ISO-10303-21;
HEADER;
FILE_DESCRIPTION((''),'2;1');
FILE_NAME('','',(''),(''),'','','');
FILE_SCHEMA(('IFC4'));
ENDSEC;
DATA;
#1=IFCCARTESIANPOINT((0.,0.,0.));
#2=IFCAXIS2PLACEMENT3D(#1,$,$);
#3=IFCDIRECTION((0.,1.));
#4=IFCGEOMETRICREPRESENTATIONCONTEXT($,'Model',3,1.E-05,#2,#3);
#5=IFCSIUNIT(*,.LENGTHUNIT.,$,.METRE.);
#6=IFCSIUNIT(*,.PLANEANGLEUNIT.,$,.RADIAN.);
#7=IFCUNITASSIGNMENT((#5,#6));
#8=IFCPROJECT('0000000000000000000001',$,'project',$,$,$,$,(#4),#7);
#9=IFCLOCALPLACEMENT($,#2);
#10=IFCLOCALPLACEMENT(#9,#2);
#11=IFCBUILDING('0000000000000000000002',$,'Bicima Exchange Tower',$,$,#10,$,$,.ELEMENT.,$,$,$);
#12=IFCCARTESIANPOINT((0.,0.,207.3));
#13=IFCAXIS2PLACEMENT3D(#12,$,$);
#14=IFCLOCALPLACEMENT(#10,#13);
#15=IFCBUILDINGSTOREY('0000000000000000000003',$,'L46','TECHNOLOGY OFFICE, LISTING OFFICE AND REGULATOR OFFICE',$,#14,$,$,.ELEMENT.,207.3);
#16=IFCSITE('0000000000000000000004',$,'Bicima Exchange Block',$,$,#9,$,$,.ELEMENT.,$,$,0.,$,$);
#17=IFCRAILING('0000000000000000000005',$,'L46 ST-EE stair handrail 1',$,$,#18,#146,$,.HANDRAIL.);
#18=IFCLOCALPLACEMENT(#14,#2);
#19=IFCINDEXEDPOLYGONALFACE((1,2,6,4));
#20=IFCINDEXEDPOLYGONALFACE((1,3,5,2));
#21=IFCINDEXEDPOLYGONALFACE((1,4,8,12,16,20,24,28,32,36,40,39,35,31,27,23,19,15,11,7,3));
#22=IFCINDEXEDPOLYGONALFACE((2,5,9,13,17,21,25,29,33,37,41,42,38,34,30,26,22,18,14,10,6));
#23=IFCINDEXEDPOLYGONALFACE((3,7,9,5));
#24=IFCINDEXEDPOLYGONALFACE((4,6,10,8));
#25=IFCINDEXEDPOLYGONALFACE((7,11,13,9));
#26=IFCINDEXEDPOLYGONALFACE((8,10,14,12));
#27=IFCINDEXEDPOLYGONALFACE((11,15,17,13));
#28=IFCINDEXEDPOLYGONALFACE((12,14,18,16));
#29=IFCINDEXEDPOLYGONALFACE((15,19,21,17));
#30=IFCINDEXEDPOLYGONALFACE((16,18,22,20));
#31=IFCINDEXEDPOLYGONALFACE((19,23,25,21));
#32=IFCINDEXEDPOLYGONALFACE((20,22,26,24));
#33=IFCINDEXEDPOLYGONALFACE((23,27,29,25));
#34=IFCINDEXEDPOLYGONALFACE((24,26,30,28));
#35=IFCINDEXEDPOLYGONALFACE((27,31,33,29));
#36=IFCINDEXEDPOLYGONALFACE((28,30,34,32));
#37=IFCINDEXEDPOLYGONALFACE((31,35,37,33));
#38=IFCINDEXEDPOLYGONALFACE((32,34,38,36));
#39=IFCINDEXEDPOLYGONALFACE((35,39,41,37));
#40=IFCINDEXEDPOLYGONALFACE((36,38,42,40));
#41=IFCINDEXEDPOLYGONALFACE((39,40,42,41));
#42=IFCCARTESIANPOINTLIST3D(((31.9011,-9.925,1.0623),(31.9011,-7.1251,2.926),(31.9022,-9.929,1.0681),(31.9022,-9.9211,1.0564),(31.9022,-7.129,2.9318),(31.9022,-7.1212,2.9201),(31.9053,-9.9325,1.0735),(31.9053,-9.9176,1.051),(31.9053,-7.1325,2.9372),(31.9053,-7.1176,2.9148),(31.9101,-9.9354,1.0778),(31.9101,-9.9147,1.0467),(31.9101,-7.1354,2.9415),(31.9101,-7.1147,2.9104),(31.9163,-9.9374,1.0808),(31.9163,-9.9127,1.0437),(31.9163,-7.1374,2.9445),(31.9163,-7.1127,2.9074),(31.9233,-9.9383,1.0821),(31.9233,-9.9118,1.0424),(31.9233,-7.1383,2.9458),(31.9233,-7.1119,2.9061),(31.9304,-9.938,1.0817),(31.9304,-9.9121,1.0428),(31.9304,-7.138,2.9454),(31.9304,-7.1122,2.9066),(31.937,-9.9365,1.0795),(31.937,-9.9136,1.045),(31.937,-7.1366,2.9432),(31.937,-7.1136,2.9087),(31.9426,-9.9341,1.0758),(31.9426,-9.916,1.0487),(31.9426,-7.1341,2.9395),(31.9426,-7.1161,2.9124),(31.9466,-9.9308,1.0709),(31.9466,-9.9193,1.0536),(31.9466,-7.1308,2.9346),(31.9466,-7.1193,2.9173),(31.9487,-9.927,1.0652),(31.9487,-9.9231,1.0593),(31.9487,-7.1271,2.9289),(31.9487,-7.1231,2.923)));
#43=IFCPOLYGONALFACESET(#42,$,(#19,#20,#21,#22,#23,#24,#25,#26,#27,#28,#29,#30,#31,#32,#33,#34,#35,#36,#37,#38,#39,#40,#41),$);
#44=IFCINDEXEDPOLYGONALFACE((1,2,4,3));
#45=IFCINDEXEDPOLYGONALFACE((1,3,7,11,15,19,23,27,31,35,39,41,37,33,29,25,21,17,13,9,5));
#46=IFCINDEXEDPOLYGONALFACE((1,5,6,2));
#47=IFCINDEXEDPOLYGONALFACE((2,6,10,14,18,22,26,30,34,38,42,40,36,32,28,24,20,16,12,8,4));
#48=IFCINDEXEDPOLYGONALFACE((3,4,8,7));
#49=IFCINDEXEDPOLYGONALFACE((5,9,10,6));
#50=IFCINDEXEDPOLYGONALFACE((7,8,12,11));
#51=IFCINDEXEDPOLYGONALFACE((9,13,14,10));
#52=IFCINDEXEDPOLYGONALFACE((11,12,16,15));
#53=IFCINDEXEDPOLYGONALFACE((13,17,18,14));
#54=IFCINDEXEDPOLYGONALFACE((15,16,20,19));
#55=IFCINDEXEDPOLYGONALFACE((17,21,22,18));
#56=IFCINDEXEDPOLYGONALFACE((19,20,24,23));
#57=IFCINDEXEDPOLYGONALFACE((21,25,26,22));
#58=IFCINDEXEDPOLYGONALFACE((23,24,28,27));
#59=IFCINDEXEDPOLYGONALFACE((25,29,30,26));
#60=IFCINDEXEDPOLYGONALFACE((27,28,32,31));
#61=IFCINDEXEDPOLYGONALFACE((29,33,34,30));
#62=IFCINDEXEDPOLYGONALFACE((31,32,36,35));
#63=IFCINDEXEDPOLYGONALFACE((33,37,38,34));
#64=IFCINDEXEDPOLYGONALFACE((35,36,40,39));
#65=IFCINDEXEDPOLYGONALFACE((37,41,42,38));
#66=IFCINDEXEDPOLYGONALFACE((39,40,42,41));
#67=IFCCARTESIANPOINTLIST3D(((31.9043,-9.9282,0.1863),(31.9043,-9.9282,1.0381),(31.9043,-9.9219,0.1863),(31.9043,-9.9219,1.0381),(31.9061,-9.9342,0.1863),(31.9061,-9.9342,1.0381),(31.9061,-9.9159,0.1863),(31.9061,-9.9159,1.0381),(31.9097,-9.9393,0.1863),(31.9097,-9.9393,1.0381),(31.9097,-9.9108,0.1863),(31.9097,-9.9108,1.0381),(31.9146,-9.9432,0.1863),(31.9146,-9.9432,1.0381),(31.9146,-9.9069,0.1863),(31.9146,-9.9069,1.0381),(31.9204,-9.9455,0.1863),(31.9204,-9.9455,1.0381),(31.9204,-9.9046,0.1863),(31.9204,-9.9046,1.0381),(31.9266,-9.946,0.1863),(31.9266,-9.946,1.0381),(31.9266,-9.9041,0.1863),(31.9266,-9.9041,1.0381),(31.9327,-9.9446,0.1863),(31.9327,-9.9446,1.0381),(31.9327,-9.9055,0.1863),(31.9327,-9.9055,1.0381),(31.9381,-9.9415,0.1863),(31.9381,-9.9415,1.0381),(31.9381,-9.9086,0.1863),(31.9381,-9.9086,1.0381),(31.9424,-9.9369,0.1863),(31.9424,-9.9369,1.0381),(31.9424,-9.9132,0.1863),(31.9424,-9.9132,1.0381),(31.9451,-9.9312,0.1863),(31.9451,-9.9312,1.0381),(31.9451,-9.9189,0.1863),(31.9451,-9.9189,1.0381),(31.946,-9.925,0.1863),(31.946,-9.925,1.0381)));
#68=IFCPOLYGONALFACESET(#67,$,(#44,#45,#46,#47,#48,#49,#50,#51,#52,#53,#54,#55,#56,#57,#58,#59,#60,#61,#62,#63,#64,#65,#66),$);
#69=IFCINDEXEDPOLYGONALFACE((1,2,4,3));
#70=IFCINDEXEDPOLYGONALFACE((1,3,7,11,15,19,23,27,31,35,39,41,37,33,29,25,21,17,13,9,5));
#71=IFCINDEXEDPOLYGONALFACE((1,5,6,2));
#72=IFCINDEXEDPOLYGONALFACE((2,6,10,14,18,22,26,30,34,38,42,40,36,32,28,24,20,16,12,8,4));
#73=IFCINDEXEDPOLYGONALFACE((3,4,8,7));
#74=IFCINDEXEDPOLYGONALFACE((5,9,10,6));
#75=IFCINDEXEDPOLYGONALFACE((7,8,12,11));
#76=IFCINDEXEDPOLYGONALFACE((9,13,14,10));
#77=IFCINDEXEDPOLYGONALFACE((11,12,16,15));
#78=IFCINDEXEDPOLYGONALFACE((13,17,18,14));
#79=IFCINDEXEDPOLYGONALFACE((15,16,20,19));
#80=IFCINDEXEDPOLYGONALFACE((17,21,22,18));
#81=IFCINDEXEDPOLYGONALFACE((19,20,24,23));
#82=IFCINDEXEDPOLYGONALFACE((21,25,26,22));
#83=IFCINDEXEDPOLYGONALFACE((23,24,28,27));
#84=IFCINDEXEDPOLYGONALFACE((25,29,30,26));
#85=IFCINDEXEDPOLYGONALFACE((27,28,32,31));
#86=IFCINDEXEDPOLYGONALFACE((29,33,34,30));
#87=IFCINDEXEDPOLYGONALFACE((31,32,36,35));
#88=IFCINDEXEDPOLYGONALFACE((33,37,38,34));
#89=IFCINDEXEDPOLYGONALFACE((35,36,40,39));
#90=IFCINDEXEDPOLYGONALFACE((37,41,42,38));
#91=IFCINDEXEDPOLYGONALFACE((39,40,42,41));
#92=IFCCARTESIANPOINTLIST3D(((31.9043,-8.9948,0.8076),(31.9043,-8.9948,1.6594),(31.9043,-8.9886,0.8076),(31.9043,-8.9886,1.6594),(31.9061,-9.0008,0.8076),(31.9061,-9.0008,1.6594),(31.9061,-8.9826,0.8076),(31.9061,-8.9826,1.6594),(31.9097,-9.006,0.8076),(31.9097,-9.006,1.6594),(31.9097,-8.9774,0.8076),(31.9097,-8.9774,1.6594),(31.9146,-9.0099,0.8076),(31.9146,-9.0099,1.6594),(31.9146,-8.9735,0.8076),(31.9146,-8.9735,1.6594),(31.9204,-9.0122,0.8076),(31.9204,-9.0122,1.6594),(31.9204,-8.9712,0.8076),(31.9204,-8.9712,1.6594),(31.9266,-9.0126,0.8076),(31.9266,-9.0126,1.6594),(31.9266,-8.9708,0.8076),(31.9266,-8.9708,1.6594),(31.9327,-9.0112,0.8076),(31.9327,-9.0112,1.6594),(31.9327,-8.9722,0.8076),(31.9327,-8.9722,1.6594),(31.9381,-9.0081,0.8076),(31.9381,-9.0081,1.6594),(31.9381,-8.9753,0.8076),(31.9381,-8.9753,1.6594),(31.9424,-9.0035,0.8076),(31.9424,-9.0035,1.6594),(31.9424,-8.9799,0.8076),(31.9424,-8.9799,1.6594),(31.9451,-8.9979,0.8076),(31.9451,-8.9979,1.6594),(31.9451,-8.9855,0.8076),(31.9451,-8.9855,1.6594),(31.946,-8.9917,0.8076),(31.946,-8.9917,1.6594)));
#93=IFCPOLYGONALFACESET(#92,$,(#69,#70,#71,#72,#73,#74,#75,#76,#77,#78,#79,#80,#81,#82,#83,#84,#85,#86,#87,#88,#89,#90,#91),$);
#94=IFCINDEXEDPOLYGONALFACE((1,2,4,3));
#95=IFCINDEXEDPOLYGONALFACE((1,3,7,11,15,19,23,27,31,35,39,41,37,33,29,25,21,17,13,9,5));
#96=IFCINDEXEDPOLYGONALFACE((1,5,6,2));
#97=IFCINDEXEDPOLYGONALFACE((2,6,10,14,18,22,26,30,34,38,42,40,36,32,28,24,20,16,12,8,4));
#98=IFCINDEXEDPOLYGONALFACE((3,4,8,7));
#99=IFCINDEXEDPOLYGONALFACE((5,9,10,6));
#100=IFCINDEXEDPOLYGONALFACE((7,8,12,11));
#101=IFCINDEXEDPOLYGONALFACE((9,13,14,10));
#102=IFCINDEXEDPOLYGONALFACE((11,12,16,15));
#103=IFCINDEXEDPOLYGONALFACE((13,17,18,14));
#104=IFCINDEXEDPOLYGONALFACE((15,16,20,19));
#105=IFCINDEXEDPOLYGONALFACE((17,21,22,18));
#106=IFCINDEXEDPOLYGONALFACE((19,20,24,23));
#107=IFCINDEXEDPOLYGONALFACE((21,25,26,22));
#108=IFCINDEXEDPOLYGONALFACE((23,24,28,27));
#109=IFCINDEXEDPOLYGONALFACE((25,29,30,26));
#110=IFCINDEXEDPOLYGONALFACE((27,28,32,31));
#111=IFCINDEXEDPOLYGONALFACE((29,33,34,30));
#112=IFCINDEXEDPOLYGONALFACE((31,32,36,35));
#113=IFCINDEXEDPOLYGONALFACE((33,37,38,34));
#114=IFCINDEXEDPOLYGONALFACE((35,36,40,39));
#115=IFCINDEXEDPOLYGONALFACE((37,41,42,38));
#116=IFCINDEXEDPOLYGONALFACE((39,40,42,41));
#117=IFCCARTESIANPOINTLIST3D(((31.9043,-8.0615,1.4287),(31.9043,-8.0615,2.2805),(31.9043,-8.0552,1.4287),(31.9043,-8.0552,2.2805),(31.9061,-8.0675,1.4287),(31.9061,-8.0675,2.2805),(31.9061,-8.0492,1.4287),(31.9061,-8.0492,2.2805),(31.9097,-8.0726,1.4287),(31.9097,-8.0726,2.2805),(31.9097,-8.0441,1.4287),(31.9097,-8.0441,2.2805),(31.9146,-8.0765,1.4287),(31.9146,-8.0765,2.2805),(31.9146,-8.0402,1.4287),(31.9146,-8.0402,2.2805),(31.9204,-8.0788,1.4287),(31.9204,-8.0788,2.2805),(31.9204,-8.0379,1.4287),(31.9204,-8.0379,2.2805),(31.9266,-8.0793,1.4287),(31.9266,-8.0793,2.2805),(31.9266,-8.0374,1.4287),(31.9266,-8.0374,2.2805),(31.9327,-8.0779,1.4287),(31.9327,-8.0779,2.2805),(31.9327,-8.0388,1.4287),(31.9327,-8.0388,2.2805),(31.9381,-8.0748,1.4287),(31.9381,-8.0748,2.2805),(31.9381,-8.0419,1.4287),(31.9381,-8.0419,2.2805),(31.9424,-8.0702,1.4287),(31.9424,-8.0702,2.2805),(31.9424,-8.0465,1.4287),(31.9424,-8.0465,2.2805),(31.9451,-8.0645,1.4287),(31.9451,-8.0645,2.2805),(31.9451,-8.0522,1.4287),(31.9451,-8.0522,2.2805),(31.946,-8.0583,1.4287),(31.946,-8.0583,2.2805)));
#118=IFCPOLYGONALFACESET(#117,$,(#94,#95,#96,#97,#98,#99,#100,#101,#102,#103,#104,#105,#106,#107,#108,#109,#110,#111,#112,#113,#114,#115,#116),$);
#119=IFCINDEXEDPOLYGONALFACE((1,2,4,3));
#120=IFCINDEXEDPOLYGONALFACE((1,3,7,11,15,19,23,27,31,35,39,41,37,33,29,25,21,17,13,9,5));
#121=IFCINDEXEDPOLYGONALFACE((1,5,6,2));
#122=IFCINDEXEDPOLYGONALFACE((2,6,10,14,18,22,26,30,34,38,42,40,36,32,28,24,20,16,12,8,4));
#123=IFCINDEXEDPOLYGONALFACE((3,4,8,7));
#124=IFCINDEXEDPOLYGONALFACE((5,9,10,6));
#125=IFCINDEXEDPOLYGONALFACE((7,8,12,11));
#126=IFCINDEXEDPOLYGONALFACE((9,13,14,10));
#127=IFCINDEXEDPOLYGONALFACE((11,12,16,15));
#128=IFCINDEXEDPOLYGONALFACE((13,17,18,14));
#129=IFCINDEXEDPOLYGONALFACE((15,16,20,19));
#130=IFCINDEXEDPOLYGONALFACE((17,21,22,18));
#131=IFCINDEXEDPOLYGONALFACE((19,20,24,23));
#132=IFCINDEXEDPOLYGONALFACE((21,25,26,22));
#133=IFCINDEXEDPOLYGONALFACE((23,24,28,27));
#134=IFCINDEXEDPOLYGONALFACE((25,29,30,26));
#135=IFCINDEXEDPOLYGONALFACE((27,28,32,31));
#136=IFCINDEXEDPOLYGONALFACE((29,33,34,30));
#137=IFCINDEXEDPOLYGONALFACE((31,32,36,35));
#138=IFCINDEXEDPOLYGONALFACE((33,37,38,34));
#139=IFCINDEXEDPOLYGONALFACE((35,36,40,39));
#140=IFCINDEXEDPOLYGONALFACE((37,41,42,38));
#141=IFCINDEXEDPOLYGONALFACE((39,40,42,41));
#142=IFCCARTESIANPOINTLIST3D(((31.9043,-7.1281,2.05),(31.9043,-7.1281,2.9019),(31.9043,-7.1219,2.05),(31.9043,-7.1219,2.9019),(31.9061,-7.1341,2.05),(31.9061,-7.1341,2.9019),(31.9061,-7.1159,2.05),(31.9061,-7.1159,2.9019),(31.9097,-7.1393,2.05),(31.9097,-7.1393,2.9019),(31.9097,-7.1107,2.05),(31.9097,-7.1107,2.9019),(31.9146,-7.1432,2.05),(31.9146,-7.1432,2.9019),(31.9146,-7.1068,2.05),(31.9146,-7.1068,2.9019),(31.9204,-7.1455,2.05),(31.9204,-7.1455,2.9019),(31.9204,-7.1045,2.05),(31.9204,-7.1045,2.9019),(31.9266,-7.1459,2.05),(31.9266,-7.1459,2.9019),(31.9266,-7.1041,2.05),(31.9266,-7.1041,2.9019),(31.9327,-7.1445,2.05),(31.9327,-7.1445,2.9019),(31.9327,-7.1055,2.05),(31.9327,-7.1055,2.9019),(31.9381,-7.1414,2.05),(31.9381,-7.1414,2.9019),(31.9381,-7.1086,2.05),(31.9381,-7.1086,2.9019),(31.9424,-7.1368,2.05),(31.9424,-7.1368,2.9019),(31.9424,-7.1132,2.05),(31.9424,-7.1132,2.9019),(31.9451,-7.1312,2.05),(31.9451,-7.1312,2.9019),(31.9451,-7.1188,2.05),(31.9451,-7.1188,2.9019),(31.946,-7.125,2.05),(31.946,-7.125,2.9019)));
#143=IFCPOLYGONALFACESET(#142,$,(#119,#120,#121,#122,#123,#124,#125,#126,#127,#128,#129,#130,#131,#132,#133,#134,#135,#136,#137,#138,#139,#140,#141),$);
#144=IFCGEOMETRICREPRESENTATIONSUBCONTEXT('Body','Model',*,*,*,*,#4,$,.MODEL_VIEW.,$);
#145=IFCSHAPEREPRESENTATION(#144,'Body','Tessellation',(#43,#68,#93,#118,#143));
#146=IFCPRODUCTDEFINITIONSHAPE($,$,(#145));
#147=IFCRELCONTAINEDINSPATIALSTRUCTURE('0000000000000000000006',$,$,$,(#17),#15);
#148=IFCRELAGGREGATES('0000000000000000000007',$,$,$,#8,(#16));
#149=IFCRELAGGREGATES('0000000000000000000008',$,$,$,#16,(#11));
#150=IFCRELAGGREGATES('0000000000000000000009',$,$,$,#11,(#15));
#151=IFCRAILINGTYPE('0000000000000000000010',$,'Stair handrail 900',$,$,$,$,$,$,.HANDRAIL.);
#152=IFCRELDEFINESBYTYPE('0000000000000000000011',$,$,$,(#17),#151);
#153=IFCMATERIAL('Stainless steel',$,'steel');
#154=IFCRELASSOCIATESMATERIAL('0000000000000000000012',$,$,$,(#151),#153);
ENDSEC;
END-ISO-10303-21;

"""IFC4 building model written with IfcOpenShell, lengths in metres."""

from ifc_helpers import new_model, si_unit, direction, frame, origin, origin_2d, place, context, subcontext, project, spatial, circle, extrude, material, type_object, element, save


model = new_model("IFC4")

# Units and contexts
model_context = context("Model", 3, precision=1e-05, world=origin(), true_north=direction((0.0, 1.0)))
body_context = subcontext(model_context, "Body", "Model", "MODEL_VIEW")
ifc_project = project(units=[si_unit("LENGTHUNIT", "METRE"), si_unit("PLANEANGLEUNIT", "RADIAN")], contexts=[model_context])

# Site, building, storey
site_placement = place(None, origin())
site = spatial("IfcSite", under=ifc_project, at=site_placement, Name="Bicima Exchange Block", CompositionType="ELEMENT", RefElevation=0.0)
building_placement = place(site_placement, origin())
building = spatial("IfcBuilding", under=site, at=building_placement, Name="Bicima Exchange Tower", CompositionType="ELEMENT")
storey_placement = place(building_placement, frame((0.0, 0.0, 207.3)))
storey = spatial("IfcBuildingStorey", under=building, at=storey_placement, Name="L46", Description="TECHNOLOGY OFFICE, LISTING OFFICE AND REGULATOR OFFICE", CompositionType="ELEMENT", Elevation=207.3)

# Railing
ifc_material_1 = material(Name="Stainless steel", Category="steel")
railing_type_1 = type_object("IfcRailingType", Name="Stair handrail 900", PredefinedType="HANDRAIL", material=ifc_material_1)
railing_1_placement = place(storey_placement, frame((31.925, -9.925, 0.1863)))
element("IfcRailing", 1, at=railing_1_placement, inside=storey, type_object=railing_type_1, Name="L46 ST-EE stair handrail 1", PredefinedType="HANDRAIL", context=body_context, shape_type="SweptSolid", body=[
    extrude(circle(Radius=0.0239, at=origin_2d()), frame((0.0, 0.0, 0.876), z_axis=(0.0, 0.832452, 0.554097), x_axis=(-1.0, 0.0, 0.0)), (0.0, 0.0, 1.0), 3.3635),
    extrude(circle(Radius=0.021, at=origin_2d()), origin(), (0.0, 0.0, 1.0), 0.8518),
    extrude(circle(Radius=0.021, at=origin_2d()), frame((0.0, 0.9333, 0.6213)), (0.0, 0.0, 1.0), 0.8518),
    extrude(circle(Radius=0.021, at=origin_2d()), frame((0.0, 1.8667, 1.2424)), (0.0, 0.0, 1.0), 0.8518),
    extrude(circle(Radius=0.021, at=origin_2d()), frame((0.0, 2.8, 1.8638)), (0.0, 0.0, 1.0), 0.8518),
])

save(model, "model.ifc")
